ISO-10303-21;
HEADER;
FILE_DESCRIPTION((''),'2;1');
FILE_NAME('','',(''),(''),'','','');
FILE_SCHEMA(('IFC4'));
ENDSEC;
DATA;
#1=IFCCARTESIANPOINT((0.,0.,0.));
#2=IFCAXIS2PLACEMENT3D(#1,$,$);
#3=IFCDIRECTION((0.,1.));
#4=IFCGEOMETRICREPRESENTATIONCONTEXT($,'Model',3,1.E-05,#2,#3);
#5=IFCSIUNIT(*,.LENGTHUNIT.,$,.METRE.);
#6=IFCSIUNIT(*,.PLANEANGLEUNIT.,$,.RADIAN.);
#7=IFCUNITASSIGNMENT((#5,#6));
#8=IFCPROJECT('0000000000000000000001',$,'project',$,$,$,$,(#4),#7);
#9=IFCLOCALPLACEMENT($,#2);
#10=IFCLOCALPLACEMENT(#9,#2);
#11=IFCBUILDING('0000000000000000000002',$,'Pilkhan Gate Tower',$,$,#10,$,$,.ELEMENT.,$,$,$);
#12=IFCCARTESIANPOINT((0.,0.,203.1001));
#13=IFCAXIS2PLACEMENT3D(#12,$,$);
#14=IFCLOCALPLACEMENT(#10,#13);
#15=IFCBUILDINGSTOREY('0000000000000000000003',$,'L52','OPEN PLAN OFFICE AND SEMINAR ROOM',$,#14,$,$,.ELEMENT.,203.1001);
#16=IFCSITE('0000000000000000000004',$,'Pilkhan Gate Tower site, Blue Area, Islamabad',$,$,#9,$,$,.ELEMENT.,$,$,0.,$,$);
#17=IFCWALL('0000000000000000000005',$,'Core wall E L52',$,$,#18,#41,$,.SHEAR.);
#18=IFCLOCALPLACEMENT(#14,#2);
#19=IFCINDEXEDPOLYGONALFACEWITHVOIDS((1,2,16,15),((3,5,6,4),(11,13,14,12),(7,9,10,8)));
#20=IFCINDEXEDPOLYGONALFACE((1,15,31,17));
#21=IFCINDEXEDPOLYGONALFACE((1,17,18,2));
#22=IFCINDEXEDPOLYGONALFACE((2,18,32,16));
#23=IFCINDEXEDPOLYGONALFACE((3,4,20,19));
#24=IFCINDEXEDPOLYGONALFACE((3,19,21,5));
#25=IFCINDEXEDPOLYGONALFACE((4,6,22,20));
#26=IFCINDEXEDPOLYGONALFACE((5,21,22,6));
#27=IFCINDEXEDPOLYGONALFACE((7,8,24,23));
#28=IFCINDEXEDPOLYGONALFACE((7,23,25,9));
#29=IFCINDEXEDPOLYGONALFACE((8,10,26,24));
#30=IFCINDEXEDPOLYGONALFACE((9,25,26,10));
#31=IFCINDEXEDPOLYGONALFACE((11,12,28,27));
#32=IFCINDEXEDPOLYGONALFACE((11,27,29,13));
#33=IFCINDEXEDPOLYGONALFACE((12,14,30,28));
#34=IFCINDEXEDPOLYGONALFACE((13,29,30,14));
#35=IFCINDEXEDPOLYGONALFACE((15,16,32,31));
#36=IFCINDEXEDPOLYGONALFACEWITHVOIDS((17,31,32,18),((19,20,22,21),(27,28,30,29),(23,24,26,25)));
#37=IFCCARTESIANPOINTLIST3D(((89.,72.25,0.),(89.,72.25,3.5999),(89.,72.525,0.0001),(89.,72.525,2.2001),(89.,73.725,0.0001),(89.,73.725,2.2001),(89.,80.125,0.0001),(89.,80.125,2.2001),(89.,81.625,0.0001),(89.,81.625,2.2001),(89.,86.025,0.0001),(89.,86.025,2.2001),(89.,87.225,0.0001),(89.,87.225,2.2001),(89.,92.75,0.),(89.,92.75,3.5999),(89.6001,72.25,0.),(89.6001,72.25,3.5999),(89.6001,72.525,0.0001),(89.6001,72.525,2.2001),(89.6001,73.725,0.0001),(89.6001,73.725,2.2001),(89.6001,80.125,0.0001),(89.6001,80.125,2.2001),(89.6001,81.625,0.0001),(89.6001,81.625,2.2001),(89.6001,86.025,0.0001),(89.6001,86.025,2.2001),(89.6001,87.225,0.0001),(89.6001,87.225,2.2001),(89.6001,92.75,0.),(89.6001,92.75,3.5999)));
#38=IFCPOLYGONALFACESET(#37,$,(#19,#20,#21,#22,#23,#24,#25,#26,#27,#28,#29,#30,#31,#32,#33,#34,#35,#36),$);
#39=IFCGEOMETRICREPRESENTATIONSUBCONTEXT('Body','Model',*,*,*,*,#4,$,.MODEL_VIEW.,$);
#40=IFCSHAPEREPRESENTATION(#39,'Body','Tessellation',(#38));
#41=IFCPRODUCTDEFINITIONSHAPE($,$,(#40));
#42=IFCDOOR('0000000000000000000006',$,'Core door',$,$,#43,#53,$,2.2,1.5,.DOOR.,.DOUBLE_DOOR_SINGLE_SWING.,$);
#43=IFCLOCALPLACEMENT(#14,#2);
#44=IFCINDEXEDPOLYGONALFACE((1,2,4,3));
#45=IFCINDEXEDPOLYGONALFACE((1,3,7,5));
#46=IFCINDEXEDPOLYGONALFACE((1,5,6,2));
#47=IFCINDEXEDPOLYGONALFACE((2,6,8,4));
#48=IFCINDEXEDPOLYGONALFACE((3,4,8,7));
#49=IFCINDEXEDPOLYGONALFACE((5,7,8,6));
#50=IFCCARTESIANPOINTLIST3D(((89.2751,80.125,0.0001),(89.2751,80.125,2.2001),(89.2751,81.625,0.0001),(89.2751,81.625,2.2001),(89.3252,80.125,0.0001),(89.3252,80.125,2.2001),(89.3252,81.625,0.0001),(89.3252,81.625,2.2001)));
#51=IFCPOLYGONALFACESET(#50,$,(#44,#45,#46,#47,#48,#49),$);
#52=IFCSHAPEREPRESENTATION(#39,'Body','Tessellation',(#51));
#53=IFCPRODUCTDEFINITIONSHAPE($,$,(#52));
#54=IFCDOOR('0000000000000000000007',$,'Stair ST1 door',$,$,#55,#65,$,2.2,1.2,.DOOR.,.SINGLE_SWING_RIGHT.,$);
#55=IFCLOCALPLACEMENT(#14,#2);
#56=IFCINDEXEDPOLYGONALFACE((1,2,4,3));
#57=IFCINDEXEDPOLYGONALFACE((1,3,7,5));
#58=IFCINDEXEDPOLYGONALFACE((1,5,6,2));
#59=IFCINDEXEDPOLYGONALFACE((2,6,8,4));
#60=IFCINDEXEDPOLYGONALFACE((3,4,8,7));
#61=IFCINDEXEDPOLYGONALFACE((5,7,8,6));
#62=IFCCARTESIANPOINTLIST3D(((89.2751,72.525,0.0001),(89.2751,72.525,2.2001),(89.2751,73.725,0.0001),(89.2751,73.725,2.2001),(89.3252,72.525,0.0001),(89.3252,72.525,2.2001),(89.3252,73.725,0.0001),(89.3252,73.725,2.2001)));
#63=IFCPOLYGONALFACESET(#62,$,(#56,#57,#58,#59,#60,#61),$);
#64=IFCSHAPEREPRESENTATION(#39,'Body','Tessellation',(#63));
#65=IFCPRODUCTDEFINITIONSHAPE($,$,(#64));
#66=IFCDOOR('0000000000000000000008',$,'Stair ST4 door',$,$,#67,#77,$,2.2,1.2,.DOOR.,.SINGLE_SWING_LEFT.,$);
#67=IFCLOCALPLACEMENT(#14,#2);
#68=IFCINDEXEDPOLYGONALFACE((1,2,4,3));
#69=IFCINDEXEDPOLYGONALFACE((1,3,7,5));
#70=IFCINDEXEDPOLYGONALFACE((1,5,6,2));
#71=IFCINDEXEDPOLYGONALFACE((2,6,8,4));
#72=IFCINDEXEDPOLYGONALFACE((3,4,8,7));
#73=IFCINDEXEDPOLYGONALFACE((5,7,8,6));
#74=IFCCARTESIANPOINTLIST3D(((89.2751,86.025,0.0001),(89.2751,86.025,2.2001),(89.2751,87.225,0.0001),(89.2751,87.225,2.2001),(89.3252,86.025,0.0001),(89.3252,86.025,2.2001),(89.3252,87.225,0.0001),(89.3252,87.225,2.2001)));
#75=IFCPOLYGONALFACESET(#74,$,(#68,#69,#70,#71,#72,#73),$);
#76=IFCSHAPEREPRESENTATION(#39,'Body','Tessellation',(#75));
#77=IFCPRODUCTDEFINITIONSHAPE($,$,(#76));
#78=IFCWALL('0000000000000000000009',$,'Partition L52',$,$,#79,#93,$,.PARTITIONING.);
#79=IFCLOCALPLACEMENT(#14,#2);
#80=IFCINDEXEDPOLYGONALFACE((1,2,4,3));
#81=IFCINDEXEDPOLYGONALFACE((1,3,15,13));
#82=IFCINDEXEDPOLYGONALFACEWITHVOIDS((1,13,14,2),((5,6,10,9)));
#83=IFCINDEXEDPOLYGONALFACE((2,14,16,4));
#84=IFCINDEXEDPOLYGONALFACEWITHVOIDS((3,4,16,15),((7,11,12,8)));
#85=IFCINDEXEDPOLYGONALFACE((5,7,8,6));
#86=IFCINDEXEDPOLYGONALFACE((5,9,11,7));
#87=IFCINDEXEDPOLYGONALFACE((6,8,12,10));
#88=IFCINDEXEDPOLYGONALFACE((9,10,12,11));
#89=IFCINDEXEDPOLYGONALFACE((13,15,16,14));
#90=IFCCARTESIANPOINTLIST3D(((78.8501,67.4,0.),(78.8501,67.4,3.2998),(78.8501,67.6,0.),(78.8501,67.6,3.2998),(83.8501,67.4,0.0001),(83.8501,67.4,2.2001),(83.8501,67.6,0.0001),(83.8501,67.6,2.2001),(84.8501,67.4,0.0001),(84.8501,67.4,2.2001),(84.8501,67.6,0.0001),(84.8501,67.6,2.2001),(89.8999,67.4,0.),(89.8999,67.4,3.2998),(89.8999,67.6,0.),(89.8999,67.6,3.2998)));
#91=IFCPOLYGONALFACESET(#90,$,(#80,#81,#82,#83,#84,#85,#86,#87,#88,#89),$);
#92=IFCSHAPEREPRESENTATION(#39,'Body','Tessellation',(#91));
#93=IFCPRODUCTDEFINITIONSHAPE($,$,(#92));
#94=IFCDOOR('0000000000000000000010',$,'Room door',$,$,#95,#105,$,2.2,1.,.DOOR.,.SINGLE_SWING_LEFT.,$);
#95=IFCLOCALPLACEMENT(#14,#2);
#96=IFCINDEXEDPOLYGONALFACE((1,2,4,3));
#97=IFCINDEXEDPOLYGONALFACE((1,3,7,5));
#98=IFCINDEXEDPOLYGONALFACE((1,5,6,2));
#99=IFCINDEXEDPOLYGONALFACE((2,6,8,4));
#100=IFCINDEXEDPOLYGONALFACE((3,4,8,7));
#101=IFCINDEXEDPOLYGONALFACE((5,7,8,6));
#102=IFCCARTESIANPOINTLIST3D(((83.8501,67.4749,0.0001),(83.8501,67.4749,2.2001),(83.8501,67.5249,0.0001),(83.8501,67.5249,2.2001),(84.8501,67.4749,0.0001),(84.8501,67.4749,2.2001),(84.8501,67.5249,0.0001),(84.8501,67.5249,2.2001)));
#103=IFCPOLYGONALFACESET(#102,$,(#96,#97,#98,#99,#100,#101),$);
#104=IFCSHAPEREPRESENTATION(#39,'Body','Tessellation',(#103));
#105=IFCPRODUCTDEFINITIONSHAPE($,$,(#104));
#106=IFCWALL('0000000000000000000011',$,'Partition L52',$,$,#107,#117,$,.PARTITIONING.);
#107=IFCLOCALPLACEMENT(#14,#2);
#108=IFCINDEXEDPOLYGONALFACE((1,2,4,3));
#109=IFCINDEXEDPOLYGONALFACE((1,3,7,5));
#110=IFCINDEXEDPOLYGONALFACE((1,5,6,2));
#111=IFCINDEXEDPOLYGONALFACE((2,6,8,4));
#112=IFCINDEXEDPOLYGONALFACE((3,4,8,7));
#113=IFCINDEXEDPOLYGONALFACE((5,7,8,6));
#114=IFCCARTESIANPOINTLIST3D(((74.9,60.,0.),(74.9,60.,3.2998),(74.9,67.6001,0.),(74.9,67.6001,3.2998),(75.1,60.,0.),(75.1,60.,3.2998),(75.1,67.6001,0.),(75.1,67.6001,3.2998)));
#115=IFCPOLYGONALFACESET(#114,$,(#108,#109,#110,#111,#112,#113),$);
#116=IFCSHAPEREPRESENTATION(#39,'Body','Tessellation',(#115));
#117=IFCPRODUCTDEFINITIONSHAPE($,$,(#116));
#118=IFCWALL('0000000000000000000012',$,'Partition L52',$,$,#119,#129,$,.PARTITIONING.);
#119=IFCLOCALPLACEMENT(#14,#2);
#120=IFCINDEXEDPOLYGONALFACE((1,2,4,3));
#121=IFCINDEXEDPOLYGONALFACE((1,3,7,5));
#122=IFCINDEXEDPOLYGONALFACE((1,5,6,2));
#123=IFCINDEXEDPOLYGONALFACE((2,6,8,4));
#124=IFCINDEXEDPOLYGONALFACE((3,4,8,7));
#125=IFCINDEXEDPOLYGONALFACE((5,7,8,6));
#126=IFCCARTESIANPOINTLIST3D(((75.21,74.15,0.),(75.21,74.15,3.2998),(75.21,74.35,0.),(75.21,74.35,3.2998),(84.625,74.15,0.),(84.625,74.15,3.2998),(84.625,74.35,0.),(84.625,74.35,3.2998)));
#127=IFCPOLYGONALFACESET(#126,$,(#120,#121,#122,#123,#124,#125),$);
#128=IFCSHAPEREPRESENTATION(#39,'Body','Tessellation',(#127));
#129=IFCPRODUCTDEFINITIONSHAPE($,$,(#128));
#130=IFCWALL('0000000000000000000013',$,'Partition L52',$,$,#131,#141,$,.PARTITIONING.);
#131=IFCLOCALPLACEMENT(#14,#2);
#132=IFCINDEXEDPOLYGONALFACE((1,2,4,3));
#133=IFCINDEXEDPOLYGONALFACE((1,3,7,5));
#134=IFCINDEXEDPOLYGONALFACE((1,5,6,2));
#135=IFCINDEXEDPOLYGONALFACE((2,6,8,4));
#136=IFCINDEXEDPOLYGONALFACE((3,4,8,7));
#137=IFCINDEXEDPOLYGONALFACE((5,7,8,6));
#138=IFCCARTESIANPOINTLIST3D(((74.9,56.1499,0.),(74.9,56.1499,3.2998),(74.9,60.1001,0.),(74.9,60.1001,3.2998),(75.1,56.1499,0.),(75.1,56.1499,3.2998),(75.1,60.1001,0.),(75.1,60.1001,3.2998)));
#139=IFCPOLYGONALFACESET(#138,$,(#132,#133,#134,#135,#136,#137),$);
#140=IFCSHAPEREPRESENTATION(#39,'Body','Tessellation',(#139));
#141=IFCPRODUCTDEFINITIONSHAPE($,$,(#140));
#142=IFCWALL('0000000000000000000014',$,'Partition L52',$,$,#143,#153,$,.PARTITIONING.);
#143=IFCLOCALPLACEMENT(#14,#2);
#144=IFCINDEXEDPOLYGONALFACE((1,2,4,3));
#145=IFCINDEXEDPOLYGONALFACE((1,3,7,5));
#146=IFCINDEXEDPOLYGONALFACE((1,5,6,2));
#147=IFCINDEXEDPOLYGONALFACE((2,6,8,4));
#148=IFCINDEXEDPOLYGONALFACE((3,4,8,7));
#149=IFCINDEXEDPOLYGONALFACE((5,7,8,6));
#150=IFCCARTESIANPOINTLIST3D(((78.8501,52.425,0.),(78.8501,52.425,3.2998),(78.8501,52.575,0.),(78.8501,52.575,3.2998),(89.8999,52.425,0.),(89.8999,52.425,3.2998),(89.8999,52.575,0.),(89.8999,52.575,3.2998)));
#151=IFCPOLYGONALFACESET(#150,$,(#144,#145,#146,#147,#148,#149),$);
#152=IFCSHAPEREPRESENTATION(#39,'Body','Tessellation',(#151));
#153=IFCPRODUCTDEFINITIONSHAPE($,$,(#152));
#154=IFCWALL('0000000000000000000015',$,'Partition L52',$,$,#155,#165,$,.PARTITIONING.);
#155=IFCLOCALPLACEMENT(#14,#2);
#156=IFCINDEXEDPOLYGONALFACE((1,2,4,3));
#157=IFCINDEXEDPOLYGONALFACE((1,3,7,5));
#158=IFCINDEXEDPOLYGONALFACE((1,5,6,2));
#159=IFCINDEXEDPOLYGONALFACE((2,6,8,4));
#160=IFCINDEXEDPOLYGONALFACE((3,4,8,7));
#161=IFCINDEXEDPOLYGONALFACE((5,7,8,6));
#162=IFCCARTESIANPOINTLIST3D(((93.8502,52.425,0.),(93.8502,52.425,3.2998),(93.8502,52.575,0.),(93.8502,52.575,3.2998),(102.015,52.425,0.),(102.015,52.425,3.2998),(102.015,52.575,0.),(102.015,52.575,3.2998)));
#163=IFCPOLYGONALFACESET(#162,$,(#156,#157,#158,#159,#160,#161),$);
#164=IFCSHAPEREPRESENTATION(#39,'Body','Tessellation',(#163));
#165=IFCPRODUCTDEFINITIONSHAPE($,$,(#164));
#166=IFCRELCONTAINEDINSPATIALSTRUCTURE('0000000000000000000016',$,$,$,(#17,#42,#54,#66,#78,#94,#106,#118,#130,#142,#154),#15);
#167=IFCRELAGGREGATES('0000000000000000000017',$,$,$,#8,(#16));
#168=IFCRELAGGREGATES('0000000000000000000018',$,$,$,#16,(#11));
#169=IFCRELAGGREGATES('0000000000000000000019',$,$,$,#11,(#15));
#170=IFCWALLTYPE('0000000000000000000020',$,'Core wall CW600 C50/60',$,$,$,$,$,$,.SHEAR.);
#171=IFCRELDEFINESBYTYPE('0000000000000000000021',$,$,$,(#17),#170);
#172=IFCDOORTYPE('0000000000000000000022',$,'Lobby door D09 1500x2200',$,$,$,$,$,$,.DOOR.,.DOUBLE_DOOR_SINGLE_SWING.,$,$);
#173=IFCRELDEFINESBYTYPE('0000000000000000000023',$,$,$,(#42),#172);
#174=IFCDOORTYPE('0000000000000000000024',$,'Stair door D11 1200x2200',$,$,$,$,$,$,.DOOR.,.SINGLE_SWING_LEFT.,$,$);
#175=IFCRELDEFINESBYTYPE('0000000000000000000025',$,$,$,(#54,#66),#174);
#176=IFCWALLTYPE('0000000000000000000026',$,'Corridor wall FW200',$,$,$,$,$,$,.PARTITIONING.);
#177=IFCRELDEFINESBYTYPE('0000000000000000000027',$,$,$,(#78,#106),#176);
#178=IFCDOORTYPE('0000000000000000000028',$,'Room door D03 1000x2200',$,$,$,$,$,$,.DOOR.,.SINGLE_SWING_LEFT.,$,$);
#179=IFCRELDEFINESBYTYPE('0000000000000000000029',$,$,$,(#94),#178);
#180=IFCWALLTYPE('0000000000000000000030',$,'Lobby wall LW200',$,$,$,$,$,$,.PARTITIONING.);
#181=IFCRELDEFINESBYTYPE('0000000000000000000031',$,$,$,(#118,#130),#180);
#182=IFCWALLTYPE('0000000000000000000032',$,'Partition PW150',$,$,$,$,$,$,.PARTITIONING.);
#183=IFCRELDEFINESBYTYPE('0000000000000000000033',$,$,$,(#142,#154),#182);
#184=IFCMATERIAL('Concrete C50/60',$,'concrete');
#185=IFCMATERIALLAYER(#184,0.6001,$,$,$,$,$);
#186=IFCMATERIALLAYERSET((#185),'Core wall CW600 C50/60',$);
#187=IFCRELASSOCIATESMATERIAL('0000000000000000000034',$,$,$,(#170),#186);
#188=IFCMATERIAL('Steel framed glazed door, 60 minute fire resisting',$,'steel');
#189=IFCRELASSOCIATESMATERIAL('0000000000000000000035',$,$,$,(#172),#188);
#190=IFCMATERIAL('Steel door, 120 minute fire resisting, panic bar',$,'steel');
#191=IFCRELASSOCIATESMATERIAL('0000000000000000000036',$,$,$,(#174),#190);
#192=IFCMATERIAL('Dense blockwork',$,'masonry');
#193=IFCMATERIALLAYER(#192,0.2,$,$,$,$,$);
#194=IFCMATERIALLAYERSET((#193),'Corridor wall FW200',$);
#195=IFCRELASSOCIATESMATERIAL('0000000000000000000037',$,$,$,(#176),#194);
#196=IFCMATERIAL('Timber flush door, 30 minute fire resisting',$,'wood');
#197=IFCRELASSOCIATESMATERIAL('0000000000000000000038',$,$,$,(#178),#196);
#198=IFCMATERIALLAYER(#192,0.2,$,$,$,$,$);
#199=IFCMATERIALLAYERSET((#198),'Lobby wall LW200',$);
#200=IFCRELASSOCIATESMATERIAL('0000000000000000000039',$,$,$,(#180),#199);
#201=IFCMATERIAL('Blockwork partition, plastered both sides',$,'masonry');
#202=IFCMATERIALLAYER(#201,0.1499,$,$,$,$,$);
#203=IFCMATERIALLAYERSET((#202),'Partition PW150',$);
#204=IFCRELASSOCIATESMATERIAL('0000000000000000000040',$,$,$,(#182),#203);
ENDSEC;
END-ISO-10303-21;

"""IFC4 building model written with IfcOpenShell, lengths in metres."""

from ifc_helpers import new_model, si_unit, direction, frame, frame_2d, origin, place, context, subcontext, project, spatial, rectangle, extrude, material, layer, layer_set, type_object, element, fill, save


model = new_model("IFC4")

# Units and contexts
model_context = context("Model", 3, precision=1e-05, world=origin(), true_north=direction((0.0, 1.0)))
body_context = subcontext(model_context, "Body", "Model", "MODEL_VIEW")
ifc_project = project(units=[si_unit("LENGTHUNIT", "METRE"), si_unit("PLANEANGLEUNIT", "RADIAN")], contexts=[model_context])

# Site, building, storey
site_placement = place(None, origin())
site = spatial("IfcSite", under=ifc_project, at=site_placement, Name="Pilkhan Gate Tower site, Blue Area, Islamabad", CompositionType="ELEMENT", RefElevation=0.0)
building_placement = place(site_placement, origin())
building = spatial("IfcBuilding", under=site, at=building_placement, Name="Pilkhan Gate Tower", CompositionType="ELEMENT")
storey_placement = place(building_placement, frame((0.0, 0.0, 203.1001)))
storey = spatial("IfcBuildingStorey", under=building, at=storey_placement, Name="L52", Description="OPEN PLAN OFFICE AND SEMINAR ROOM", CompositionType="ELEMENT", Elevation=203.1001)

# Shared definitions
ifc_material_1 = material(Name="Concrete C50/60", Category="concrete")

# Wall, openings, doors
ifc_layer_1 = layer(ifc_material_1, 0.6001)
ifc_layer_set_1 = layer_set([ifc_layer_1], Name="Core wall CW600 C50/60")
wall_type_1 = type_object("IfcWallType", Name="Core wall CW600 C50/60", PredefinedType="SHEAR", material=ifc_layer_set_1)
wall_1_placement = place(storey_placement, frame((89.3, 72.25, 0.0), z_axis=(0.0, 0.0, 1.0), x_axis=(0.0, 1.0, 0.0)))
wall_1 = element("IfcWall", 1, at=wall_1_placement, inside=storey, type_object=wall_type_1, Name="Core wall E L52", PredefinedType="SHEAR", context=body_context, shape_type="SweptSolid", body=[
    extrude(rectangle(XDim=20.5, YDim=0.6001, at=frame_2d((10.25, 0.0))), origin(), (0.0, 0.0, 1.0), 3.5999),
])
opening_1_placement = place(wall_1_placement, frame((0.2749, 0.0, 0.0)))
opening_1 = element("IfcOpeningElement", 2, at=opening_1_placement, cuts=wall_1, PredefinedType="OPENING", context=body_context, shape_type="SweptSolid", body=[
    extrude(rectangle(XDim=1.2, YDim=2.2, at=frame_2d((0.6001, 1.1001))), frame((0.0, 0.3101, 0.0), z_axis=(0.0, -1.0, 0.0), x_axis=(1.0, 0.0, 0.0)), (0.0, 0.0, 1.0), 0.6201),
])
opening_2_placement = place(wall_1_placement, frame((13.7749, 0.0, 0.0)))
opening_2 = element("IfcOpeningElement", 3, at=opening_2_placement, cuts=wall_1, PredefinedType="OPENING", context=body_context, shape_type="SweptSolid", body=[
    extrude(rectangle(XDim=1.2, YDim=2.2, at=frame_2d((0.6001, 1.1001))), frame((0.0, 0.3101, 0.0), z_axis=(0.0, -1.0, 0.0), x_axis=(1.0, 0.0, 0.0)), (0.0, 0.0, 1.0), 0.6201),
])
opening_3_placement = place(wall_1_placement, frame((7.875, 0.0, 0.0)))
opening_3 = element("IfcOpeningElement", 4, at=opening_3_placement, cuts=wall_1, PredefinedType="OPENING", context=body_context, shape_type="SweptSolid", body=[
    extrude(rectangle(XDim=1.5, YDim=2.2, at=frame_2d((0.75, 1.1001))), frame((0.0, 0.3101, 0.0), z_axis=(0.0, -1.0, 0.0), x_axis=(1.0, 0.0, 0.0)), (0.0, 0.0, 1.0), 0.6201),
])
ifc_material_2 = material(Name="Steel framed glazed door, 60 minute fire resisting", Category="steel")
door_type_1 = type_object("IfcDoorType", Name="Lobby door D09 1500x2200", OperationType="DOUBLE_DOOR_SINGLE_SWING", PredefinedType="DOOR", material=ifc_material_2)
door_1_placement = place(opening_3_placement, origin())
door_1 = element("IfcDoor", 5, at=door_1_placement, inside=storey, type_object=door_type_1, Name="Core door", OperationType="DOUBLE_DOOR_SINGLE_SWING", OverallHeight=2.2, OverallWidth=1.5, PredefinedType="DOOR", context=body_context, shape_type="SweptSolid", body=[
    extrude(rectangle(XDim=1.5, YDim=2.2, at=frame_2d((0.75, 1.1001))), frame((0.0, 0.0249, 0.0), z_axis=(0.0, -1.0, 0.0), x_axis=(1.0, 0.0, 0.0)), (0.0, 0.0, 1.0), 0.05),
])
fill(opening_3, door_1)
ifc_material_3 = material(Name="Steel door, 120 minute fire resisting, panic bar", Category="steel")
door_type_2 = type_object("IfcDoorType", Name="Stair door D11 1200x2200", OperationType="SINGLE_SWING_LEFT", PredefinedType="DOOR", material=ifc_material_3)
door_2_placement = place(opening_1_placement, origin())
door_2 = element("IfcDoor", 6, at=door_2_placement, inside=storey, type_object=door_type_2, Name="Stair ST1 door", OperationType="SINGLE_SWING_RIGHT", OverallHeight=2.2, OverallWidth=1.2, PredefinedType="DOOR", context=body_context, shape_type="SweptSolid", body=[
    extrude(rectangle(XDim=1.2, YDim=2.2, at=frame_2d((0.6001, 1.1001))), frame((0.0, 0.0249, 0.0), z_axis=(0.0, -1.0, 0.0), x_axis=(1.0, 0.0, 0.0)), (0.0, 0.0, 1.0), 0.05),
])
fill(opening_1, door_2)
door_3_placement = place(opening_2_placement, origin())
door_3 = element("IfcDoor", 7, at=door_3_placement, inside=storey, type_object=door_type_2, Name="Stair ST4 door", OperationType="SINGLE_SWING_LEFT", OverallHeight=2.2, OverallWidth=1.2, PredefinedType="DOOR", context=body_context, shape_type="SweptSolid", body=[
    extrude(rectangle(XDim=1.2, YDim=2.2, at=frame_2d((0.6001, 1.1001))), frame((0.0, 0.0249, 0.0), z_axis=(0.0, -1.0, 0.0), x_axis=(1.0, 0.0, 0.0)), (0.0, 0.0, 1.0), 0.05),
])
fill(opening_2, door_3)

# Wall, opening, door
ifc_material_4 = material(Name="Dense blockwork", Category="masonry")
ifc_layer_2 = layer(ifc_material_4, 0.2)
ifc_layer_set_2 = layer_set([ifc_layer_2], Name="Corridor wall FW200")
wall_type_2 = type_object("IfcWallType", Name="Corridor wall FW200", PredefinedType="PARTITIONING", material=ifc_layer_set_2)
wall_2_placement = place(storey_placement, frame((78.8501, 67.5, 0.0), z_axis=(0.0, 0.0, 1.0), x_axis=(1.0, 0.0, 0.0)))
wall_2 = element("IfcWall", 8, at=wall_2_placement, inside=storey, type_object=wall_type_2, Name="Partition L52", PredefinedType="PARTITIONING", context=body_context, shape_type="SweptSolid", body=[
    extrude(rectangle(XDim=11.0498, YDim=0.2, at=frame_2d((5.5249, 0.0))), origin(), (0.0, 0.0, 1.0), 3.2998),
])
opening_4_placement = place(wall_2_placement, frame((5.0, 0.0, 0.0)))
opening_4 = element("IfcOpeningElement", 9, at=opening_4_placement, cuts=wall_2, PredefinedType="OPENING", context=body_context, shape_type="SweptSolid", body=[
    extrude(rectangle(XDim=1.0, YDim=2.2, at=frame_2d((0.5, 1.1001))), frame((0.0, 0.1099, 0.0), z_axis=(0.0, -1.0, 0.0), x_axis=(1.0, 0.0, 0.0)), (0.0, 0.0, 1.0), 0.22),
])
ifc_material_5 = material(Name="Timber flush door, 30 minute fire resisting", Category="wood")
door_type_3 = type_object("IfcDoorType", Name="Room door D03 1000x2200", OperationType="SINGLE_SWING_LEFT", PredefinedType="DOOR", material=ifc_material_5)
door_4_placement = place(opening_4_placement, origin())
door_4 = element("IfcDoor", 10, at=door_4_placement, inside=storey, type_object=door_type_3, Name="Room door", OperationType="SINGLE_SWING_LEFT", OverallHeight=2.2, OverallWidth=1.0, PredefinedType="DOOR", context=body_context, shape_type="SweptSolid", body=[
    extrude(rectangle(XDim=1.0, YDim=2.2, at=frame_2d((0.5, 1.1001))), frame((0.0, 0.0249, 0.0), z_axis=(0.0, -1.0, 0.0), x_axis=(1.0, 0.0, 0.0)), (0.0, 0.0, 1.0), 0.05),
])
fill(opening_4, door_4)

# Walls
wall_3_placement = place(storey_placement, frame((75.0, 60.0, 0.0), z_axis=(0.0, 0.0, 1.0), x_axis=(0.0, 1.0, 0.0)))
element("IfcWall", 11, at=wall_3_placement, inside=storey, type_object=wall_type_2, Name="Partition L52", PredefinedType="PARTITIONING", context=body_context, shape_type="SweptSolid", body=[
    extrude(rectangle(XDim=7.6001, YDim=0.2, at=frame_2d((3.8, 0.0))), origin(), (0.0, 0.0, 1.0), 3.2998),
])
ifc_layer_3 = layer(ifc_material_4, 0.2)
ifc_layer_set_3 = layer_set([ifc_layer_3], Name="Lobby wall LW200")
wall_type_3 = type_object("IfcWallType", Name="Lobby wall LW200", PredefinedType="PARTITIONING", material=ifc_layer_set_3)
wall_4_placement = place(storey_placement, frame((75.21, 74.25, 0.0), z_axis=(0.0, 0.0, 1.0), x_axis=(1.0, 0.0, 0.0)))
element("IfcWall", 12, at=wall_4_placement, inside=storey, type_object=wall_type_3, Name="Partition L52", PredefinedType="PARTITIONING", context=body_context, shape_type="SweptSolid", body=[
    extrude(rectangle(XDim=9.415, YDim=0.2, at=frame_2d((4.7075, 0.0))), origin(), (0.0, 0.0, 1.0), 3.2998),
])
wall_5_placement = place(storey_placement, frame((75.0, 56.1499, 0.0), z_axis=(0.0, 0.0, 1.0), x_axis=(0.0, 1.0, 0.0)))
element("IfcWall", 13, at=wall_5_placement, inside=storey, type_object=wall_type_3, Name="Partition L52", PredefinedType="PARTITIONING", context=body_context, shape_type="SweptSolid", body=[
    extrude(rectangle(XDim=3.9502, YDim=0.2, at=frame_2d((1.9751, 0.0))), origin(), (0.0, 0.0, 1.0), 3.2998),
])
ifc_material_6 = material(Name="Blockwork partition, plastered both sides", Category="masonry")
ifc_layer_4 = layer(ifc_material_6, 0.1499)
ifc_layer_set_4 = layer_set([ifc_layer_4], Name="Partition PW150")
wall_type_4 = type_object("IfcWallType", Name="Partition PW150", PredefinedType="PARTITIONING", material=ifc_layer_set_4)
wall_6_placement = place(storey_placement, frame((78.8501, 52.5, 0.0), z_axis=(0.0, 0.0, 1.0), x_axis=(1.0, 0.0, 0.0)))
element("IfcWall", 14, at=wall_6_placement, inside=storey, type_object=wall_type_4, Name="Partition L52", PredefinedType="PARTITIONING", context=body_context, shape_type="SweptSolid", body=[
    extrude(rectangle(XDim=11.0498, YDim=0.1499, at=frame_2d((5.5249, 0.0))), origin(), (0.0, 0.0, 1.0), 3.2998),
])
wall_7_placement = place(storey_placement, frame((93.8501, 52.5, 0.0), z_axis=(0.0, 0.0, 1.0), x_axis=(1.0, 0.0, 0.0)))
element("IfcWall", 15, at=wall_7_placement, inside=storey, type_object=wall_type_4, Name="Partition L52", PredefinedType="PARTITIONING", context=body_context, shape_type="SweptSolid", body=[
    extrude(rectangle(XDim=8.1648, YDim=0.1499, at=frame_2d((4.0825, 0.0))), origin(), (0.0, 0.0, 1.0), 3.2998),
])

save(model, "model.ifc")
